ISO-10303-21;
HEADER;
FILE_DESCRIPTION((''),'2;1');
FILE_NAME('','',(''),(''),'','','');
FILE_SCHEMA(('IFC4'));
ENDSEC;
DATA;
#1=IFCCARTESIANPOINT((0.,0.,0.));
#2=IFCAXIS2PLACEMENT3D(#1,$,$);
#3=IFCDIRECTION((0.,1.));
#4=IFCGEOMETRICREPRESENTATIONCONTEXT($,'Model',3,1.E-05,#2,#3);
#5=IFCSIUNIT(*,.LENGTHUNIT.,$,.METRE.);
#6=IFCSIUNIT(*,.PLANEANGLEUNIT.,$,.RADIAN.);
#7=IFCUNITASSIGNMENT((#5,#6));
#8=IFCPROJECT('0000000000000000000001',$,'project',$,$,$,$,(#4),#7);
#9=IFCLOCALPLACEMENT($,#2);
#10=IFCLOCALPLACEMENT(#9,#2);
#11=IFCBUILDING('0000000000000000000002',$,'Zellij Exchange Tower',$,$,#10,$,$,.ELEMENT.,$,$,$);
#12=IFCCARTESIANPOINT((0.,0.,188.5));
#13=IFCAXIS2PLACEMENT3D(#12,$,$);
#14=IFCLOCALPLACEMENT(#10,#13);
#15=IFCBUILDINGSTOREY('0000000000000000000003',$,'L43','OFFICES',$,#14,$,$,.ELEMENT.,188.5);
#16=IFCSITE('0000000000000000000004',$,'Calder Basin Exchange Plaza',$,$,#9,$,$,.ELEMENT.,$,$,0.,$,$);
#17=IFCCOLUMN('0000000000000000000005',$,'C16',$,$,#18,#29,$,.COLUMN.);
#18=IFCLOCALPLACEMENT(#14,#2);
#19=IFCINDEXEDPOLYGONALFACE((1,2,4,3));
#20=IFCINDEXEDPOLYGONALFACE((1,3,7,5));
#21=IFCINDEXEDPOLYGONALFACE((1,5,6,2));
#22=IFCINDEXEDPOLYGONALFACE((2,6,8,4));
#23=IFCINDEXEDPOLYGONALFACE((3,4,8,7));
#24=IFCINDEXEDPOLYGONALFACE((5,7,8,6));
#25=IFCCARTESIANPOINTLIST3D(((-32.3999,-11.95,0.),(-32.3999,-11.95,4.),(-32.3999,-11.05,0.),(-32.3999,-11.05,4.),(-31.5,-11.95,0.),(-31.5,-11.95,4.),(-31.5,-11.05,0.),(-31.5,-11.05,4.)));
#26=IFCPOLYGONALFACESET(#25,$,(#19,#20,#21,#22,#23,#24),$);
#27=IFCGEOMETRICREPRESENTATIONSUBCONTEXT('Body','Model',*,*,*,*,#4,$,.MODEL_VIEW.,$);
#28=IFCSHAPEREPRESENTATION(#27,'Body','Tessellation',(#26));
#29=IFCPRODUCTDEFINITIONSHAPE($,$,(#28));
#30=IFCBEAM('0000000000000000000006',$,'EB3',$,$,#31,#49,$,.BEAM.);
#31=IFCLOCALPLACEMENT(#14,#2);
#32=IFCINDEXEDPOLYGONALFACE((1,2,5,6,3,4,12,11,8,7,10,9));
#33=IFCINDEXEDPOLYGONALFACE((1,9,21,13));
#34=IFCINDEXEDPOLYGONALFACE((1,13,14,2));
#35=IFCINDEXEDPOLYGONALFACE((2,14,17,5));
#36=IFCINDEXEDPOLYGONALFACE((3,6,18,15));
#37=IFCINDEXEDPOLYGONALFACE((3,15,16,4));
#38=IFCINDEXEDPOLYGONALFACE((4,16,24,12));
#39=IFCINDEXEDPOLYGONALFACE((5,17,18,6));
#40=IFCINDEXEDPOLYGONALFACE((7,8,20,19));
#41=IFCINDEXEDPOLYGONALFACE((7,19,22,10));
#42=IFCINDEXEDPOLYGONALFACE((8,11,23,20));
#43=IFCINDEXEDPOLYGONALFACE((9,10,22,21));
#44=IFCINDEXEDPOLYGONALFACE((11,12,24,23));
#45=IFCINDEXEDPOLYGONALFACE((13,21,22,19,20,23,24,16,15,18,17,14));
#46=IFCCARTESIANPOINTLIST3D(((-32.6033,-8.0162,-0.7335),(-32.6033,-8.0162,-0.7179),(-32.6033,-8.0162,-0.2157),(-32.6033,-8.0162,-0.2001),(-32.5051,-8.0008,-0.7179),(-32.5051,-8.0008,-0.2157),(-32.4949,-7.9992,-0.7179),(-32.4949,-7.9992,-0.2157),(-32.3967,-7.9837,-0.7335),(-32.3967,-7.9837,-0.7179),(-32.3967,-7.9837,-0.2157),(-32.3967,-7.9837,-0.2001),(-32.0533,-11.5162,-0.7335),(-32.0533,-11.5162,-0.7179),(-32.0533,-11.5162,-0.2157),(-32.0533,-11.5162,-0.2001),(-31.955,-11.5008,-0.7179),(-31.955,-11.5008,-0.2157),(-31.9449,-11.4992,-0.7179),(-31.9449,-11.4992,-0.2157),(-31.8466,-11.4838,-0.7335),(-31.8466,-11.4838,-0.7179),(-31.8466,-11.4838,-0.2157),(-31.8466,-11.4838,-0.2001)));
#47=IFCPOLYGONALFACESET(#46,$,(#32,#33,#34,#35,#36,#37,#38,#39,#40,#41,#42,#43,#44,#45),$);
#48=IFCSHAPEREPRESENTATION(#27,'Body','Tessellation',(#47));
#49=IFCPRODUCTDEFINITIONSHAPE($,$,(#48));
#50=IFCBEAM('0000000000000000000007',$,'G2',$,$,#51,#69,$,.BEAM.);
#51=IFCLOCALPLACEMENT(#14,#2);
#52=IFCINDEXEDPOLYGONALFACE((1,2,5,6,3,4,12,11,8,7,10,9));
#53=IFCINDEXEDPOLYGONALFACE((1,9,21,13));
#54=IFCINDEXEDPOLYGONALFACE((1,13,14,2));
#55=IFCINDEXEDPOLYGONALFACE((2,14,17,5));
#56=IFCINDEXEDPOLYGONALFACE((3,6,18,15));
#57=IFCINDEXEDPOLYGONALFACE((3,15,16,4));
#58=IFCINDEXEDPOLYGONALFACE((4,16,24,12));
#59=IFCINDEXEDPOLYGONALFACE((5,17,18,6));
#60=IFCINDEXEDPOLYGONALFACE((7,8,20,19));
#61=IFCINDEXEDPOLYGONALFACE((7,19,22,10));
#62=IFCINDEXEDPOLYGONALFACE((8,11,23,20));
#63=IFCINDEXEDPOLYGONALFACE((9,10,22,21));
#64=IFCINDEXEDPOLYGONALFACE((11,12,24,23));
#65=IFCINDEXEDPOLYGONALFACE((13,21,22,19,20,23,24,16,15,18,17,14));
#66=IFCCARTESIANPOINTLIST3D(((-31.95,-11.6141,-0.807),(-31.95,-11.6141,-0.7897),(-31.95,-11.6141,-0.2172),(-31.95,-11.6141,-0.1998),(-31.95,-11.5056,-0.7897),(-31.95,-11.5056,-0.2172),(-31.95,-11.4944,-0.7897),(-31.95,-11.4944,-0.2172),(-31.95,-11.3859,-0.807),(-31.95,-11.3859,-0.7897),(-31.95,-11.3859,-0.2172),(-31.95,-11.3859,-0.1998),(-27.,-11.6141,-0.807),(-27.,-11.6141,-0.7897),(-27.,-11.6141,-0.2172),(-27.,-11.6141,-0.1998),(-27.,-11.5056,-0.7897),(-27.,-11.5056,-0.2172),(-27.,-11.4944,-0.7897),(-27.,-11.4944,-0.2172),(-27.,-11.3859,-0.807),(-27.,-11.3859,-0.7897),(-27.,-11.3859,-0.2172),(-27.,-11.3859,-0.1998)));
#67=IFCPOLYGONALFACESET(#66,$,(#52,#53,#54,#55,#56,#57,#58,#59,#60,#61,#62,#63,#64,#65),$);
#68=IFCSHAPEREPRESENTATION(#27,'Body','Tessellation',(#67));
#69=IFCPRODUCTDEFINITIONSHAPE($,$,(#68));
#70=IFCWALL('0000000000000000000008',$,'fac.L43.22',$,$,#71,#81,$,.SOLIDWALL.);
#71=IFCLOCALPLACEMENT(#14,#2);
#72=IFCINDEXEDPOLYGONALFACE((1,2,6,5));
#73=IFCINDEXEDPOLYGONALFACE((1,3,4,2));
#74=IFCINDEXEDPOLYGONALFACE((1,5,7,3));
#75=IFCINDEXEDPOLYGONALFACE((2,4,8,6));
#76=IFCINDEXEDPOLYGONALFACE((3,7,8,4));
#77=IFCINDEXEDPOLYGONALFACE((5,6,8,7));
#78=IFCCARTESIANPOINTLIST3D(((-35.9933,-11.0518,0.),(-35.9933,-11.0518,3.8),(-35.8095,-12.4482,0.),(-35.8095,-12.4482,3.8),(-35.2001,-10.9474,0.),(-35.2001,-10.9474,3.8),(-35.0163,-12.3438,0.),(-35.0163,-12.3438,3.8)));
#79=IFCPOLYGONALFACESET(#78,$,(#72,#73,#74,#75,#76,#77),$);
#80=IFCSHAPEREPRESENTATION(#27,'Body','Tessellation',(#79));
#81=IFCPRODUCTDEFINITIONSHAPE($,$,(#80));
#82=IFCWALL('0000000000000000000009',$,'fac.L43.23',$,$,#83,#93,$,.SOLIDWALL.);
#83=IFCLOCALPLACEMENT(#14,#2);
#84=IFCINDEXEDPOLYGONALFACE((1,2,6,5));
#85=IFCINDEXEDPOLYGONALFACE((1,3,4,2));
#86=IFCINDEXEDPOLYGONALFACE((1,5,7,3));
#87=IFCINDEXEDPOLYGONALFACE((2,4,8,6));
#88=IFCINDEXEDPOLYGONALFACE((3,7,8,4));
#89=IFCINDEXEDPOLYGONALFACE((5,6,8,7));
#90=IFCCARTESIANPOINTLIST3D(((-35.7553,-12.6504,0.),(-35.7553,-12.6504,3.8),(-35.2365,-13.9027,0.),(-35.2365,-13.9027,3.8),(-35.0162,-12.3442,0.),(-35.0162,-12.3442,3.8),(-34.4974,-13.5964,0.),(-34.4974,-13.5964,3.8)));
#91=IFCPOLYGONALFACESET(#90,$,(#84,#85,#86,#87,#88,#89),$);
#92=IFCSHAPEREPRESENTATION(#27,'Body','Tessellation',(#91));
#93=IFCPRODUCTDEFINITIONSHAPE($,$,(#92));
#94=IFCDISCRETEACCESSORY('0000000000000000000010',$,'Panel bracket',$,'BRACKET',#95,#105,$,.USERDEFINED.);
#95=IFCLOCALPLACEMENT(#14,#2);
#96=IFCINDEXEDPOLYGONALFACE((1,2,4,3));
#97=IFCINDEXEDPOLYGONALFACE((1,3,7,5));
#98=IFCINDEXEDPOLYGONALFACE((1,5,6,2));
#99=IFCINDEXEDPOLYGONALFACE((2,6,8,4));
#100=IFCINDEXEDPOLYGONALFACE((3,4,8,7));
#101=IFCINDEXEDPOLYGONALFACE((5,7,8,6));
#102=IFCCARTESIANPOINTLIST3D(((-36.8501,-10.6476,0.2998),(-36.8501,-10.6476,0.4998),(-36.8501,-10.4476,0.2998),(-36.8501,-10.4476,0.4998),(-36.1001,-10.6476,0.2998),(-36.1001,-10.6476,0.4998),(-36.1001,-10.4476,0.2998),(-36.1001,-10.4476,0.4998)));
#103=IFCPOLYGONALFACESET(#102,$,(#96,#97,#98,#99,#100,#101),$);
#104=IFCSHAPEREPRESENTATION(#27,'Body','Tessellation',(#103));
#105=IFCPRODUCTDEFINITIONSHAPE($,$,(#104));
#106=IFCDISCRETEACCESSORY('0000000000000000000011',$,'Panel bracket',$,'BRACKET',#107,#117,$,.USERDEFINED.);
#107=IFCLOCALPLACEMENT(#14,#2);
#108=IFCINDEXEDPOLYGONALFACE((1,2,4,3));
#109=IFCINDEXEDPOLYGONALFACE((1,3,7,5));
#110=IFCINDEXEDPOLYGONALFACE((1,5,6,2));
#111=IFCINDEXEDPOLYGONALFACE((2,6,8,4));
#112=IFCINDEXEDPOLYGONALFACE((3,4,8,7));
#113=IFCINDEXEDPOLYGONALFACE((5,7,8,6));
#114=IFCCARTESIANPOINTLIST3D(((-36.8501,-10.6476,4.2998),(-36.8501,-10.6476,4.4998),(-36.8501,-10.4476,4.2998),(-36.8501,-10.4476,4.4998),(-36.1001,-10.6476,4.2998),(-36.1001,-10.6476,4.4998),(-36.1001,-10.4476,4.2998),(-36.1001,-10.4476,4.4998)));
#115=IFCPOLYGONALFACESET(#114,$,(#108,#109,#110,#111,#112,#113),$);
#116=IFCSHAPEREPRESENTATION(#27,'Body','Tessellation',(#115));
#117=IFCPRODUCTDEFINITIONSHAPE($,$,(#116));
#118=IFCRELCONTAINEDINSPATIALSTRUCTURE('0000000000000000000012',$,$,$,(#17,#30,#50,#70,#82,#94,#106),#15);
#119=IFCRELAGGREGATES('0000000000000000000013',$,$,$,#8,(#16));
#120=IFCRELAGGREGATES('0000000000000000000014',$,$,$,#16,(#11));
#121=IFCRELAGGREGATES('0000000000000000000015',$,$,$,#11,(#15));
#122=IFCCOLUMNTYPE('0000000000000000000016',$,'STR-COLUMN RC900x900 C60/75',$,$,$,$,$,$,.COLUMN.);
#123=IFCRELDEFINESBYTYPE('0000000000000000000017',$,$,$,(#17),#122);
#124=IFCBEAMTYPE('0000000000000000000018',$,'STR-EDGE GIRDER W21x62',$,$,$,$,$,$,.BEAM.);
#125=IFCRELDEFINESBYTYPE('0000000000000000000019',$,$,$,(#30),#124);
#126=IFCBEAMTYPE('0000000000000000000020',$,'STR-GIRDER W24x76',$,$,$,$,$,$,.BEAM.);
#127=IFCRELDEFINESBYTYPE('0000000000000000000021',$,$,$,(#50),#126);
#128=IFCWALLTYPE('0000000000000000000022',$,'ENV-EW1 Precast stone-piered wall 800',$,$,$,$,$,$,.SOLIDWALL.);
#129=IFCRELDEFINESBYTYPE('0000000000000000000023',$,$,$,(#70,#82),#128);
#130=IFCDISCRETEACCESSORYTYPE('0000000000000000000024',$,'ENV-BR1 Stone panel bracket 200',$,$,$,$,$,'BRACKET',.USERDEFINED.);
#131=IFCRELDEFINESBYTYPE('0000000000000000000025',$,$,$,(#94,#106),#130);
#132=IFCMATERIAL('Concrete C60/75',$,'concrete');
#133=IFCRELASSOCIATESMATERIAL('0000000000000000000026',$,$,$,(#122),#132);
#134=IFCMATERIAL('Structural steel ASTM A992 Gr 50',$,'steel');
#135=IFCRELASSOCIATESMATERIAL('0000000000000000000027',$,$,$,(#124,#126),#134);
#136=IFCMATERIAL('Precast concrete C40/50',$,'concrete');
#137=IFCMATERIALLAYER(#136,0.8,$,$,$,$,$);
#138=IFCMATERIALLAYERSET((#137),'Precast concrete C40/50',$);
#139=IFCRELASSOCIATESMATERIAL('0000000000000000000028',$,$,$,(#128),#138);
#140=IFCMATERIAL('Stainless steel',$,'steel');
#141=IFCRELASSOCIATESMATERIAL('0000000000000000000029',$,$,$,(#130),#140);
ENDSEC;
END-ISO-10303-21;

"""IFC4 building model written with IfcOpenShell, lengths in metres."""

from ifc_helpers import new_model, si_unit, direction, frame, frame_2d, origin, origin_2d, place, context, subcontext, project, spatial, rectangle, i_section, extrude, material, layer, layer_set, material_profile, profile_set, type_object, element, save


model = new_model("IFC4")

# Units and contexts
model_context = context("Model", 3, precision=1e-05, world=origin(), true_north=direction((0.0, 1.0)))
body_context = subcontext(model_context, "Body", "Model", "MODEL_VIEW")
ifc_project = project(units=[si_unit("LENGTHUNIT", "METRE"), si_unit("PLANEANGLEUNIT", "RADIAN")], contexts=[model_context])

# Site, building, storey
site_placement = place(None, origin())
site = spatial("IfcSite", under=ifc_project, at=site_placement, Name="Calder Basin Exchange Plaza", CompositionType="ELEMENT", RefElevation=0.0)
building_placement = place(site_placement, origin())
building = spatial("IfcBuilding", under=site, at=building_placement, Name="Zellij Exchange Tower", CompositionType="ELEMENT")
storey_placement = place(building_placement, frame((0.0, 0.0, 188.5)))
storey = spatial("IfcBuildingStorey", under=building, at=storey_placement, Name="L43", Description="OFFICES", CompositionType="ELEMENT", Elevation=188.5)

# Column
ifc_material_1 = material(Name="Concrete C60/75", Category="concrete")
ifc_material_profile_1 = material_profile(ifc_material_1, rectangle(XDim=0.8999, YDim=0.8999, at=origin_2d()), Name="STR-COLUMN RC900x900 C60/75")
ifc_profile_set_1 = profile_set([ifc_material_profile_1], Name="Concrete C60/75")
column_type = type_object("IfcColumnType", Name="STR-COLUMN RC900x900 C60/75", PredefinedType="COLUMN", material=ifc_profile_set_1)
column_placement = place(storey_placement, frame((-31.95, -11.5, 0.0), z_axis=(0.0, 0.0, 1.0), x_axis=(1.0, 0.0, 0.0)))
element("IfcColumn", 1, at=column_placement, inside=storey, type_object=column_type, Name="C16", PredefinedType="COLUMN", context=body_context, shape_type="SweptSolid", body=[
    extrude(rectangle(XDim=0.8999, YDim=0.8999, at=origin_2d()), origin(), (0.0, 0.0, 1.0), 4.0),
])

# Beams
ifc_material_2 = material(Name="Structural steel ASTM A992 Gr 50", Category="steel")
ifc_material_profile_2 = material_profile(ifc_material_2, i_section(OverallWidth=0.2092, OverallDepth=0.5334, WebThickness=0.0103, FlangeThickness=0.0156, at=origin_2d()), Name="W21x62")
ifc_profile_set_2 = profile_set([ifc_material_profile_2], Name="Structural steel ASTM A992 Gr 50")
beam_type_1 = type_object("IfcBeamType", Name="STR-EDGE GIRDER W21x62", PredefinedType="BEAM", material=ifc_profile_set_2)
beam_1_placement = place(storey_placement, frame((-31.95, -11.5, -0.4668), z_axis=(-0.155251, 0.987875, 0.0), x_axis=(-0.987875, -0.155251, 0.0)))
element("IfcBeam", 2, at=beam_1_placement, inside=storey, type_object=beam_type_1, Name="EB3", PredefinedType="BEAM", context=body_context, shape_type="SweptSolid", body=[
    extrude(i_section(OverallWidth=0.2092, OverallDepth=0.5334, WebThickness=0.0103, FlangeThickness=0.0156, at=origin_2d()), origin(), (0.0, 0.0, 1.0), 3.543),
])
ifc_material_profile_3 = material_profile(ifc_material_2, i_section(OverallWidth=0.2283, OverallDepth=0.6072, WebThickness=0.0112, FlangeThickness=0.0173, at=origin_2d()), Name="W24x76")
ifc_profile_set_3 = profile_set([ifc_material_profile_3], Name="Structural steel ASTM A992 Gr 50")
beam_type_2 = type_object("IfcBeamType", Name="STR-GIRDER W24x76", PredefinedType="BEAM", material=ifc_profile_set_3)
beam_2_placement = place(storey_placement, frame((-31.95, -11.5, -0.5034), z_axis=(1.0, 0.0, 0.0), x_axis=(0.0, 1.0, 0.0)))
element("IfcBeam", 3, at=beam_2_placement, inside=storey, type_object=beam_type_2, Name="G2", PredefinedType="BEAM", context=body_context, shape_type="SweptSolid", body=[
    extrude(i_section(OverallWidth=0.2283, OverallDepth=0.6072, WebThickness=0.0112, FlangeThickness=0.0173, at=origin_2d()), origin(), (0.0, 0.0, 1.0), 4.95),
])

# Walls
ifc_material_3 = material(Name="Precast concrete C40/50", Category="concrete")
ifc_layer = layer(ifc_material_3, 0.8)
ifc_layer_set = layer_set([ifc_layer], Name="Precast concrete C40/50")
wall_type = type_object("IfcWallType", Name="ENV-EW1 Precast stone-piered wall 800", PredefinedType="SOLIDWALL", material=ifc_layer_set)
wall_1_placement = place(storey_placement, frame((-35.5967, -10.9998, 0.0), z_axis=(0.0, 0.0, 1.0), x_axis=(0.130517, -0.991446, 0.0)))
element("IfcWall", 4, at=wall_1_placement, inside=storey, type_object=wall_type, Name="fac.L43.22", PredefinedType="SOLIDWALL", context=body_context, shape_type="SweptSolid", body=[
    extrude(rectangle(XDim=1.4084, YDim=0.8, at=frame_2d((0.7041, 0.0))), origin(), (0.0, 0.0, 1.0), 3.8),
])
wall_2_placement = place(storey_placement, frame((-35.3857, -12.4973, 0.0), z_axis=(0.0, 0.0, 1.0), x_axis=(0.38276, -0.923848, 0.0)))
element("IfcWall", 5, at=wall_2_placement, inside=storey, type_object=wall_type, Name="fac.L43.23", PredefinedType="SOLIDWALL", context=body_context, shape_type="SweptSolid", body=[
    extrude(rectangle(XDim=1.3555, YDim=0.8, at=frame_2d((0.6777, 0.0))), origin(), (0.0, 0.0, 1.0), 3.8),
])

# Discrete accessories
ifc_material_4 = material(Name="Stainless steel", Category="steel")
discrete_accessory_type = type_object("IfcDiscreteAccessoryType", Name="ENV-BR1 Stone panel bracket 200", ElementType="BRACKET", PredefinedType="USERDEFINED", material=ifc_material_4)
for number, where, z_axis, x_axis, name in (
    (6, (-36.4751, -10.5476, 0.2998), (0.0, 0.0, 1.0), (0.0, -1.0, 0.0), "Panel bracket"),
    (7, (-36.4751, -10.5476, 4.2998), (0.0, 0.0, 1.0), (0.0, -1.0, 0.0), "Panel bracket"),
):
    element("IfcDiscreteAccessory", number, at=place(storey_placement, frame(where, z_axis=z_axis, x_axis=x_axis)), inside=storey, type_object=discrete_accessory_type, Name=name, ObjectType="BRACKET", PredefinedType="USERDEFINED", context=body_context, shape_type="SweptSolid", body=[
        extrude(rectangle(XDim=0.2, YDim=0.75, at=origin_2d()), origin(), (0.0, 0.0, 1.0), 0.2),
    ])

save(model, "model.ifc")
